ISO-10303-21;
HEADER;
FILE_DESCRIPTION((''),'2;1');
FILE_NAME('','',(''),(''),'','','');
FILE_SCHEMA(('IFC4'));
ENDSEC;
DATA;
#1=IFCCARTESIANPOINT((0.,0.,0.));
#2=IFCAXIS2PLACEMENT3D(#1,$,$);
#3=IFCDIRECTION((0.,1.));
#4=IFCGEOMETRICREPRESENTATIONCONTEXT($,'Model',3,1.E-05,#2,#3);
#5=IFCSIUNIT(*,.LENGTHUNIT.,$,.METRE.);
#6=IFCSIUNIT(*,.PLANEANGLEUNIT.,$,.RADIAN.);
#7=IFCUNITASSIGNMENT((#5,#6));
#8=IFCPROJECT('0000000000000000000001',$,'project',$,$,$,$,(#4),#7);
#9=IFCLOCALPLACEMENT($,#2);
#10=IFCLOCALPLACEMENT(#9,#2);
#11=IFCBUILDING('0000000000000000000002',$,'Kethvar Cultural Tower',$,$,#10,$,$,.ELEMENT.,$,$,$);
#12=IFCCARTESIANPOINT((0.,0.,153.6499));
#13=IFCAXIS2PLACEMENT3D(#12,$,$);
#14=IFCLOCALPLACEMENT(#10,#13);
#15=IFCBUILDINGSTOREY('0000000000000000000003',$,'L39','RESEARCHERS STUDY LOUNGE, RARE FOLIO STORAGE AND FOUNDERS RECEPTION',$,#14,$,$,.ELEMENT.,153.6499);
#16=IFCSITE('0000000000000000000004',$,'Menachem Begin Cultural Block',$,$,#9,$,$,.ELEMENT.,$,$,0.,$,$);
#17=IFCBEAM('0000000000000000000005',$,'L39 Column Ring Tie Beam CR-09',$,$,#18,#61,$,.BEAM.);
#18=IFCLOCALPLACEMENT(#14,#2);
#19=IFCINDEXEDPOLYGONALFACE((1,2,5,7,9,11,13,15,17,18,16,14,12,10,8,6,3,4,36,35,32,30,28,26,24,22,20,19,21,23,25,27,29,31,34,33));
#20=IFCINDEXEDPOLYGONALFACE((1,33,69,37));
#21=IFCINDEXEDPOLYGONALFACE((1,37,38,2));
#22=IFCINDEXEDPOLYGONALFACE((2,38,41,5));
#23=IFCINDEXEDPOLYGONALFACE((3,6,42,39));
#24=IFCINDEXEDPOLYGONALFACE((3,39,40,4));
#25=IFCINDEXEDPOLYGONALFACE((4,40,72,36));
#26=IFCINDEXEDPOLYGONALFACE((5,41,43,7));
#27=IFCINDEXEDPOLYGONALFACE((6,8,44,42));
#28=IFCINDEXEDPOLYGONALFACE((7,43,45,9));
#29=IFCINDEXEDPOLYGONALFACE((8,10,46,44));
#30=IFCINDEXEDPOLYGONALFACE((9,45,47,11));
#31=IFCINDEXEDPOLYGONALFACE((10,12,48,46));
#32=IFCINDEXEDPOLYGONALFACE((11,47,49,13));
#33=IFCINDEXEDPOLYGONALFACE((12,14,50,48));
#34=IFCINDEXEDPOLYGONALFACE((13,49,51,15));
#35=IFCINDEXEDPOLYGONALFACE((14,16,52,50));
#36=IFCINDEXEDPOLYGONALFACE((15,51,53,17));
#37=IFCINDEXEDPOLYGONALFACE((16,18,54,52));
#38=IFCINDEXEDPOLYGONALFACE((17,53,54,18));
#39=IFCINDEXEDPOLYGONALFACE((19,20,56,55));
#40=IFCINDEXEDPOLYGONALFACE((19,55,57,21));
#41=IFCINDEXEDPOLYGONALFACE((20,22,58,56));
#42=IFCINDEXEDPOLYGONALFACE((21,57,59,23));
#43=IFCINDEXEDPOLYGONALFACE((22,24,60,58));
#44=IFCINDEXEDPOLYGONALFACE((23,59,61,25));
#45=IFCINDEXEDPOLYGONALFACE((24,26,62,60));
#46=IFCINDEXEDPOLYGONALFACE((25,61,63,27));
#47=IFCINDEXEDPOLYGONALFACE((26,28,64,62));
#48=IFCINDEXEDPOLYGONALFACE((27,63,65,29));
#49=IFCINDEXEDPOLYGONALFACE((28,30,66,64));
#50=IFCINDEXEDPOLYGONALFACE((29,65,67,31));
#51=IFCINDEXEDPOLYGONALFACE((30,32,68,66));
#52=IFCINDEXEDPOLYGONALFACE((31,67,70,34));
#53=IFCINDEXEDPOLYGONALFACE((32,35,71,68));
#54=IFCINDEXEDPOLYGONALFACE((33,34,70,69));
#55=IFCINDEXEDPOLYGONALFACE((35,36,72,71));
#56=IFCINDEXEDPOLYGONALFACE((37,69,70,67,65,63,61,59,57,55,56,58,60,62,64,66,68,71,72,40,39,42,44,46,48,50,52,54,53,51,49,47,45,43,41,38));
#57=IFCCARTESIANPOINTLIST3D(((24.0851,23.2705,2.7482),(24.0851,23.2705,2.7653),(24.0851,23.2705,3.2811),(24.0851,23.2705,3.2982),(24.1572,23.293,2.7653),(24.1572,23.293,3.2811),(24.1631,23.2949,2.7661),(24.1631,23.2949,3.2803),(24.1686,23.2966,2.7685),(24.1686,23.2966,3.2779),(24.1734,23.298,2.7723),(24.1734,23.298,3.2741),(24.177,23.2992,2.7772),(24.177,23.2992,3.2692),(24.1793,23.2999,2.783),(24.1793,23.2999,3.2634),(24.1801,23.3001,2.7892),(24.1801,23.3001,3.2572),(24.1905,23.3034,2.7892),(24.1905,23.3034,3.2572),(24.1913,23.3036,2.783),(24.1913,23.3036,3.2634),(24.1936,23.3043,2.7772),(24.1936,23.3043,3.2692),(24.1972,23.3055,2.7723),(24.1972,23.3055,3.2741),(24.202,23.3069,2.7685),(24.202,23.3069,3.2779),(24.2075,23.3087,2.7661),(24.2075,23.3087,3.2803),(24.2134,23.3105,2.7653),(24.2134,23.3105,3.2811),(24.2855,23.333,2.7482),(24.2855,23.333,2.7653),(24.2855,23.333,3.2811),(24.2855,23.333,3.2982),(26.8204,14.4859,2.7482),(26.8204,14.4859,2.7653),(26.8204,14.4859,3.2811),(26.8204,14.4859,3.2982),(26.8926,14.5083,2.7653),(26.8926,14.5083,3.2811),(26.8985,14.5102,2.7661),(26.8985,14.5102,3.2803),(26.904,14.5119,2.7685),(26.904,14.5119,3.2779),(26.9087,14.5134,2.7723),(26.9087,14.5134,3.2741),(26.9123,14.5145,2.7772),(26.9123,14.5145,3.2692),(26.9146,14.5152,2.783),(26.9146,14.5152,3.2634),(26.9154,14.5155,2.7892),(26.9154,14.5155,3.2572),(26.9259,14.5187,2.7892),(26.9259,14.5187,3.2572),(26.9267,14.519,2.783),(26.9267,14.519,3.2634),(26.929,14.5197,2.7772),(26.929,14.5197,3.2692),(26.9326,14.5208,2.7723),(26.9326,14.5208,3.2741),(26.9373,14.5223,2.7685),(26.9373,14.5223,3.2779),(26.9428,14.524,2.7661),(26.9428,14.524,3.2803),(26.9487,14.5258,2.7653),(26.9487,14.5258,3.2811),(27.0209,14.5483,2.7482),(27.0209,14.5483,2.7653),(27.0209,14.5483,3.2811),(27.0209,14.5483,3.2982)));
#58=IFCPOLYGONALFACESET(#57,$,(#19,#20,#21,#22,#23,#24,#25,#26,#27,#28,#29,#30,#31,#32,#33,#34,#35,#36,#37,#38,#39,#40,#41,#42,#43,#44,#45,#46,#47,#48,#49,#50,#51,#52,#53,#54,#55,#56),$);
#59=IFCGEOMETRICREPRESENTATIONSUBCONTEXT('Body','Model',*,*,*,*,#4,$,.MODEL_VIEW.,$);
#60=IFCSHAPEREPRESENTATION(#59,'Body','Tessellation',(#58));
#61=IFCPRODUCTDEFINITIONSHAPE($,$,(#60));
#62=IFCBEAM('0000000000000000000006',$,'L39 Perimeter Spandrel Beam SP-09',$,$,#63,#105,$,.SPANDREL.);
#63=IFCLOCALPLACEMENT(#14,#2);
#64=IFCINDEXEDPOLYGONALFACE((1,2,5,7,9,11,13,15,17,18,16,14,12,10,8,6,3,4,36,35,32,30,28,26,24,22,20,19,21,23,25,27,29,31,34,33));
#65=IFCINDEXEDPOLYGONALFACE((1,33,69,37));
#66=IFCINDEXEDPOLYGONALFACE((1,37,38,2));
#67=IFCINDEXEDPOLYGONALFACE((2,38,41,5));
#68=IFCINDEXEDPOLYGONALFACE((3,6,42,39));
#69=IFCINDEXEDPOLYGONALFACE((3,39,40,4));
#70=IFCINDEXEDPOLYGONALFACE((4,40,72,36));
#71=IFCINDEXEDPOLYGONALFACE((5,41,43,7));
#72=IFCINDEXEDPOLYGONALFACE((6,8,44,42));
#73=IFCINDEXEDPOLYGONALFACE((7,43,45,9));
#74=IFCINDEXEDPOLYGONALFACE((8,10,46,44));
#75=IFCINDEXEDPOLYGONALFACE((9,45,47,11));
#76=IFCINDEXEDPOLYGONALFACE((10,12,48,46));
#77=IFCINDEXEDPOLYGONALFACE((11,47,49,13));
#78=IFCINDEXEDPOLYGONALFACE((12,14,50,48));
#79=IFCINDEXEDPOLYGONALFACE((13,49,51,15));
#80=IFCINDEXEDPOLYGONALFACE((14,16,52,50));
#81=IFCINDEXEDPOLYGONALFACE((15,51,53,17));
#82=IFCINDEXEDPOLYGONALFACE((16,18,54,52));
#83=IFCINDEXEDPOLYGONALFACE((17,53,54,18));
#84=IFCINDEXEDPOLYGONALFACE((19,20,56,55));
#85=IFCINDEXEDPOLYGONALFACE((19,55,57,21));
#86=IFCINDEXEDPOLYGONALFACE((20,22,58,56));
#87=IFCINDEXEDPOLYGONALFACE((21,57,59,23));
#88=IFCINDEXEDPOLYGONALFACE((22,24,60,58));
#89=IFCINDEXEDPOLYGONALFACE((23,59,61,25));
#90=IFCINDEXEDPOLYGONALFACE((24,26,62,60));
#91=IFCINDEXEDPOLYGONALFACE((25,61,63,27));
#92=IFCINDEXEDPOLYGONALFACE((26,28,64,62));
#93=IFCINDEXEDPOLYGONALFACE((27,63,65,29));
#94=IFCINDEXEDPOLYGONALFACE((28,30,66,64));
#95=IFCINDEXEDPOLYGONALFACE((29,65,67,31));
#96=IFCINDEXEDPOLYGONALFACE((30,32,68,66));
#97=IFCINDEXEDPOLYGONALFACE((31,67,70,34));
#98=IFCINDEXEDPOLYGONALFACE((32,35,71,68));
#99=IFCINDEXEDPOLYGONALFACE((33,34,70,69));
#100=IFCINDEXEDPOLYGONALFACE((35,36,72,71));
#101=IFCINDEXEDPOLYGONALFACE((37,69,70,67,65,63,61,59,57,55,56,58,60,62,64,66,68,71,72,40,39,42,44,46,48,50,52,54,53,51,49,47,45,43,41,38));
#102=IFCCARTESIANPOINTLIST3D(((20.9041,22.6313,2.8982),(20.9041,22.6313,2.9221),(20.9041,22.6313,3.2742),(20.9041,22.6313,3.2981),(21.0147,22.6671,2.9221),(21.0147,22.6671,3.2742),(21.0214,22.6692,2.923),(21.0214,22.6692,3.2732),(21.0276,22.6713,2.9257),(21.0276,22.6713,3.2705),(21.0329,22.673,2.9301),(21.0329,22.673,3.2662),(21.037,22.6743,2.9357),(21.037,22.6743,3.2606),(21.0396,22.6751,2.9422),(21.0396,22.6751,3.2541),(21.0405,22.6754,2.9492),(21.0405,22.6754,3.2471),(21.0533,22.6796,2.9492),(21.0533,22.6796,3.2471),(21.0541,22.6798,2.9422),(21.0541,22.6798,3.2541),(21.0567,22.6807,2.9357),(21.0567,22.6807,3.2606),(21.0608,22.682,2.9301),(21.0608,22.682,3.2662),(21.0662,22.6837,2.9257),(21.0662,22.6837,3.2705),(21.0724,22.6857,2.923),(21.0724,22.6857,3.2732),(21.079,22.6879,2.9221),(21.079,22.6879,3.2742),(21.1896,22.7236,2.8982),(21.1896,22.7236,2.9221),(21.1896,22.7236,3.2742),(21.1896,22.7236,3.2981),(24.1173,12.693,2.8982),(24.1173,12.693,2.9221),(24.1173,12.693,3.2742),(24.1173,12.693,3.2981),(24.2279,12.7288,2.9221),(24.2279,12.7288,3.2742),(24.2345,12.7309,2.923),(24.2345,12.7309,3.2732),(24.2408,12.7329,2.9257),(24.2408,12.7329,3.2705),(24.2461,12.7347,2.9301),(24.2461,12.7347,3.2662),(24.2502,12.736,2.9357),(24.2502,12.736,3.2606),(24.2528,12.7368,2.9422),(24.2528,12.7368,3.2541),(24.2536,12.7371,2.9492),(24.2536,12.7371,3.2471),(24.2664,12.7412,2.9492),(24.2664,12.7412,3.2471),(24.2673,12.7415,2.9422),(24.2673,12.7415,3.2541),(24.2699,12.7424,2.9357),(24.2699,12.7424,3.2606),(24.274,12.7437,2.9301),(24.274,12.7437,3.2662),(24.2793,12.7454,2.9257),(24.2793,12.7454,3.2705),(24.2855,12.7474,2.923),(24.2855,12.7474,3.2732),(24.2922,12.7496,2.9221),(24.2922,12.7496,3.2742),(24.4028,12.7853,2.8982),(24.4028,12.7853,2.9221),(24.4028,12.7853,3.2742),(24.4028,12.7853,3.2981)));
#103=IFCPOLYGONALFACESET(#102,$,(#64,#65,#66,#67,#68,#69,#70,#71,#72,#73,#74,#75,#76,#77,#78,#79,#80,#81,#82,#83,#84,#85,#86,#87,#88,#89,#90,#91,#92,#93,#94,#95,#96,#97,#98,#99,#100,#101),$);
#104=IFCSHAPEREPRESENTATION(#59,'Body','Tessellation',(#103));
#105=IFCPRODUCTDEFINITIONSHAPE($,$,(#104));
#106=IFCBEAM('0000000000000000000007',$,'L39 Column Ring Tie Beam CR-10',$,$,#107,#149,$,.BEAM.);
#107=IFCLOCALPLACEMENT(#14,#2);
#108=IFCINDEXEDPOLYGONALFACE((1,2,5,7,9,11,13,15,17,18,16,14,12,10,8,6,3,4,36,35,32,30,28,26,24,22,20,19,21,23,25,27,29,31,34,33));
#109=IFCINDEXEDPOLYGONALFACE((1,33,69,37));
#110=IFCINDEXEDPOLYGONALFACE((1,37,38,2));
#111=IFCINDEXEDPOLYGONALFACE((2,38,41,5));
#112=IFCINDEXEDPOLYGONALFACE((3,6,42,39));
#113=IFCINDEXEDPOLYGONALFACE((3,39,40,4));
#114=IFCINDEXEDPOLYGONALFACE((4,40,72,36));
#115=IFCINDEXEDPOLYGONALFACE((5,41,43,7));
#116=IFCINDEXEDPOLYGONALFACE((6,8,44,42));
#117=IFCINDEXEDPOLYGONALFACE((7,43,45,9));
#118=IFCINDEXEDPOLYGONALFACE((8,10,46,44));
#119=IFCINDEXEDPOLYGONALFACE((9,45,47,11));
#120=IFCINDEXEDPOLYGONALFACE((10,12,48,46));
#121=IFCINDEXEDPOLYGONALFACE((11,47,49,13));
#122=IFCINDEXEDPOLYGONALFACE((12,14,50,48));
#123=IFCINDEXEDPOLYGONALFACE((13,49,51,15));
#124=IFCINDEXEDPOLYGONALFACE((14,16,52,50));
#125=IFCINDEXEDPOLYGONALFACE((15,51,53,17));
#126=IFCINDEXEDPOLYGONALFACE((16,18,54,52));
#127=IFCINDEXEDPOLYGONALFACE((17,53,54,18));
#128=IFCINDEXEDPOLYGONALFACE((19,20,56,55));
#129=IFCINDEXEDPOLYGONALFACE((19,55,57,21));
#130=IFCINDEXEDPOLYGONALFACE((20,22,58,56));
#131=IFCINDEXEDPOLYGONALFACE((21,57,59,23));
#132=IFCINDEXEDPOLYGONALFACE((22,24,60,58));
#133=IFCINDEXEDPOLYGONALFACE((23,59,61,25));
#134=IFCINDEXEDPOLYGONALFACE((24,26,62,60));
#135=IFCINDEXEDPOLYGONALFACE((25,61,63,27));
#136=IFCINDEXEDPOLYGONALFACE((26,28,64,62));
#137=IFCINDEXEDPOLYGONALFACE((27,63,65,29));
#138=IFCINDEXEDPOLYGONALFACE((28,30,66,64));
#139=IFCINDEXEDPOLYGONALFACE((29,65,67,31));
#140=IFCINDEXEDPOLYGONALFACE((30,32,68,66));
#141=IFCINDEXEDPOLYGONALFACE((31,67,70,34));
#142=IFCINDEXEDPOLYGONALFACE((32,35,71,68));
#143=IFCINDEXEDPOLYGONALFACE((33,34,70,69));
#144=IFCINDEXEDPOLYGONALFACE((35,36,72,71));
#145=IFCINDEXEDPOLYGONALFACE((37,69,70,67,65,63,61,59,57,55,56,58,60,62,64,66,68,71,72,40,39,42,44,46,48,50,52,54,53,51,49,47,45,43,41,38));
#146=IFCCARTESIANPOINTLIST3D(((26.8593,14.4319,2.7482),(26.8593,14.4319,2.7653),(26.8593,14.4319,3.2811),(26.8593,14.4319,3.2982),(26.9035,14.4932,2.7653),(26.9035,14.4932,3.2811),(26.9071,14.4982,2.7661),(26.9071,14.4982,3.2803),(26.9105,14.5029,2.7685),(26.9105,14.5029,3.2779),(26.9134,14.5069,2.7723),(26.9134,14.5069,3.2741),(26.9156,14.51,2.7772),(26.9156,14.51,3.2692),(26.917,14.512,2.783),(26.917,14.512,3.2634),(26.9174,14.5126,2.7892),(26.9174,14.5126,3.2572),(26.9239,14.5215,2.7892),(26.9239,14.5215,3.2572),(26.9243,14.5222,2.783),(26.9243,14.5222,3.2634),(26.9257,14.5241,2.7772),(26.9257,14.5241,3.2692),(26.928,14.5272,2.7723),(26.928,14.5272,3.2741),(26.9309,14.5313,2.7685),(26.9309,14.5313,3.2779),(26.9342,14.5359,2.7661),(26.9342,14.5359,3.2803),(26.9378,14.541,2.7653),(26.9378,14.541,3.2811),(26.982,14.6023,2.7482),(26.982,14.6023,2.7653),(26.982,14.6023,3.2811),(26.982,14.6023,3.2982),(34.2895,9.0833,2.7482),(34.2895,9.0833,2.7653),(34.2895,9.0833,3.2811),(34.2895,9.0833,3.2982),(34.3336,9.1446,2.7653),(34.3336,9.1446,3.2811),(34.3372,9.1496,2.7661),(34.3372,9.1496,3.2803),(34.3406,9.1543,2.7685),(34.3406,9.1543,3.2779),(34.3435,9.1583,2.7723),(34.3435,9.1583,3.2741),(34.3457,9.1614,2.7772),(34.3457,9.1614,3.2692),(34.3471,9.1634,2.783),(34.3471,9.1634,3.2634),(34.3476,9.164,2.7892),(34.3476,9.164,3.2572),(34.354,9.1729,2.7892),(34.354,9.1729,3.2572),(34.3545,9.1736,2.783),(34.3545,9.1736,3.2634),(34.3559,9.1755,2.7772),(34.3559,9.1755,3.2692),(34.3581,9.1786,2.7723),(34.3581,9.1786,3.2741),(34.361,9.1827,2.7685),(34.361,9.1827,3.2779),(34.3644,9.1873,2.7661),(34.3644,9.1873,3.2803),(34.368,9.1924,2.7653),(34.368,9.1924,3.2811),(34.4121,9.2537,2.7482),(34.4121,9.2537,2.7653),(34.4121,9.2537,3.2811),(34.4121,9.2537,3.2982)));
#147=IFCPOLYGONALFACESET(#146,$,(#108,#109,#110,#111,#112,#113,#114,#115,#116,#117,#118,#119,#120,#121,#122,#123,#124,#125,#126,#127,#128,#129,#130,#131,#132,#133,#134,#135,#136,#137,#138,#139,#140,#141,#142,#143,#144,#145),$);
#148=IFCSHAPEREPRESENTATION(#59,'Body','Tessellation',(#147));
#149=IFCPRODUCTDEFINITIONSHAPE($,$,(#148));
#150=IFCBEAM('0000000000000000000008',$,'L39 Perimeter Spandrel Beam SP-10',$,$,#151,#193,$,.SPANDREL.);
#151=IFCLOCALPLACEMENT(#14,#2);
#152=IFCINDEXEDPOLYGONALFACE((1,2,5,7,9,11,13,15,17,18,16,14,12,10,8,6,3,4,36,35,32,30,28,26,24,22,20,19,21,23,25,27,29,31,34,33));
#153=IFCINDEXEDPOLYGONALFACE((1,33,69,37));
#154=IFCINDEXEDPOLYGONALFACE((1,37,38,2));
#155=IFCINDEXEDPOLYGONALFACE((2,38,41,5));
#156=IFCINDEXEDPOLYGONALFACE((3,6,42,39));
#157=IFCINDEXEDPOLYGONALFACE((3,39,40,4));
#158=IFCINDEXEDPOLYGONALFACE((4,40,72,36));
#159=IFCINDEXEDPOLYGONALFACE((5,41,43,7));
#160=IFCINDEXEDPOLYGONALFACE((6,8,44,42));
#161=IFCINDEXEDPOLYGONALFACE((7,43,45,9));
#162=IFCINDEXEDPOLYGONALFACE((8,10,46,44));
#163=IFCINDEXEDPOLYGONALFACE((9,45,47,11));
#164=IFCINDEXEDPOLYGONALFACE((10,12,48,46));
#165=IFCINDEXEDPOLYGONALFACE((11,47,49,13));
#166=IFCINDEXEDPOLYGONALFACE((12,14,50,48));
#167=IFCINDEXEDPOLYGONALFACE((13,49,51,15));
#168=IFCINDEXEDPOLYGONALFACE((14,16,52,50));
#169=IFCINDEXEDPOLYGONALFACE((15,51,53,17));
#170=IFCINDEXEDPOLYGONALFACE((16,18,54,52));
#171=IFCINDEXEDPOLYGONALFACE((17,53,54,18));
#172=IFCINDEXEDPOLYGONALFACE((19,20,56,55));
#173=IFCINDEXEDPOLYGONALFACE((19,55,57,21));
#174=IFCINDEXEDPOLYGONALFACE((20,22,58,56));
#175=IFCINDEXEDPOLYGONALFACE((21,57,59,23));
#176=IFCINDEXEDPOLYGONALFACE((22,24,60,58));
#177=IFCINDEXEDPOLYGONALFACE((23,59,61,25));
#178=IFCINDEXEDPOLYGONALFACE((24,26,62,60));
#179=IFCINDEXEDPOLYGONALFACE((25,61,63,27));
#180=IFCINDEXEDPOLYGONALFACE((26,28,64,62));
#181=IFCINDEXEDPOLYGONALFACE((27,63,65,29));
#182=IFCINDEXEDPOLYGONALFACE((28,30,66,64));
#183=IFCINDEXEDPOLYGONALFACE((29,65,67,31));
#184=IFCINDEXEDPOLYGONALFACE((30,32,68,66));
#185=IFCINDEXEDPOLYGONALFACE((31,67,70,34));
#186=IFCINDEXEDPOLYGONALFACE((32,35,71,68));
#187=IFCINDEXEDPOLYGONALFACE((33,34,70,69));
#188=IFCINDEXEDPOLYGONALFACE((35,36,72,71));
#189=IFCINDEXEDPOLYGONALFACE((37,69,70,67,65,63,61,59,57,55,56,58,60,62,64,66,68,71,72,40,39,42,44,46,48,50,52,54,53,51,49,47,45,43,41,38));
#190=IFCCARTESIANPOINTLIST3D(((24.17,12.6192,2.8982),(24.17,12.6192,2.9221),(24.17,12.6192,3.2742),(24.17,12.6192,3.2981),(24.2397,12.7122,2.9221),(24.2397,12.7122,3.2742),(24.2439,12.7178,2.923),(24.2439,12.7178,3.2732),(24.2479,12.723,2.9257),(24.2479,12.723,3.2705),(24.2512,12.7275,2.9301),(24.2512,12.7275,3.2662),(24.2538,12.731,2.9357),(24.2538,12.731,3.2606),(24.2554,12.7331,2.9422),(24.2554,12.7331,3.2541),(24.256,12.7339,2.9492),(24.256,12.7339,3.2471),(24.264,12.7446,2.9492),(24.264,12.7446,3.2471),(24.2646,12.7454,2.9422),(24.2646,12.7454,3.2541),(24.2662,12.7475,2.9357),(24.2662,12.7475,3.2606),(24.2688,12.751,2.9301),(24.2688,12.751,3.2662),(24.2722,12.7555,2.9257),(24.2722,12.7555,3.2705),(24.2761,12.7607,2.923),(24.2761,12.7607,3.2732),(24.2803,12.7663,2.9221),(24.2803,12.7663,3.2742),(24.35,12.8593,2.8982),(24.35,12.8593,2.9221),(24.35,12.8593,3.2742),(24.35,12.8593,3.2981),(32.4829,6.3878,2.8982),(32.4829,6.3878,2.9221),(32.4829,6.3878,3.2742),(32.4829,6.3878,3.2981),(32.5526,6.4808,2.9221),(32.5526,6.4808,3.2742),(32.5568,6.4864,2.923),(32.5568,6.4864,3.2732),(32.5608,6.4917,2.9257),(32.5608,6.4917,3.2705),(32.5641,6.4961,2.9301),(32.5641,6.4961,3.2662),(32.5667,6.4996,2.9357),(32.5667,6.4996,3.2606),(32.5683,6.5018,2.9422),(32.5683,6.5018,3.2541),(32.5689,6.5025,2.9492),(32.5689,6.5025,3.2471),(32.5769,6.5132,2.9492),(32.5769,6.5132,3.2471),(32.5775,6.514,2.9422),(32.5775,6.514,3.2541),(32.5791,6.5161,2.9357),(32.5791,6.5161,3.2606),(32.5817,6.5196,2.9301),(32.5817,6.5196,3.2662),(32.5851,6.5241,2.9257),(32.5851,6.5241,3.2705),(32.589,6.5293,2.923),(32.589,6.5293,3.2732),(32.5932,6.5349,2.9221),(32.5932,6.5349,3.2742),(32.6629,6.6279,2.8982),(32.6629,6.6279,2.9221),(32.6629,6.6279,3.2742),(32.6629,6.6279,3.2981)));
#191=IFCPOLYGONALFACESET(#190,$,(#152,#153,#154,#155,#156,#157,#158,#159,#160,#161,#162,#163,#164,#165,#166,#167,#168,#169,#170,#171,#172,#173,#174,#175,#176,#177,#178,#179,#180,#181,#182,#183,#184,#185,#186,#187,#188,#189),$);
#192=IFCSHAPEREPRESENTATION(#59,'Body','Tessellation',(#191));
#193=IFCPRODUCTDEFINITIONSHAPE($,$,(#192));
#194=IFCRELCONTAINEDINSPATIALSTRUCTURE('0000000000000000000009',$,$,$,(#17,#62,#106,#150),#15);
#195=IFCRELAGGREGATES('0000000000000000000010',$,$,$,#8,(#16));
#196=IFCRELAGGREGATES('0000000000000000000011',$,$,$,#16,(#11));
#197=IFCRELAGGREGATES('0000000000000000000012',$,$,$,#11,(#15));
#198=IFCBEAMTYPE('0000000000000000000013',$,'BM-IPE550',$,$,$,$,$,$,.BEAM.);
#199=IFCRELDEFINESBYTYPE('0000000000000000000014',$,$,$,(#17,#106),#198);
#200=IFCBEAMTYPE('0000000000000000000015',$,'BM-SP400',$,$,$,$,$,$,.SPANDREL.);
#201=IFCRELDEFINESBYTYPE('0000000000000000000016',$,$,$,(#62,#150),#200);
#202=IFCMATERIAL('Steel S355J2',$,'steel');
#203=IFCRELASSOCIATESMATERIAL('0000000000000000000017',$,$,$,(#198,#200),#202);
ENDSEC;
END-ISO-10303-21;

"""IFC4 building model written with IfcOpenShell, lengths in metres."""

from ifc_helpers import new_model, si_unit, direction, frame, origin, origin_2d, place, context, subcontext, project, spatial, i_section, extrude, source, transform, mapped, material, material_profile, profile_set, type_object, element, save


model = new_model("IFC4")

# Units and contexts
model_context = context("Model", 3, precision=1e-05, world=origin(), true_north=direction((0.0, 1.0)))
body_context = subcontext(model_context, "Body", "Model", "MODEL_VIEW")
ifc_project = project(units=[si_unit("LENGTHUNIT", "METRE"), si_unit("PLANEANGLEUNIT", "RADIAN")], contexts=[model_context])

# Site, building, storey
site_placement = place(None, origin())
site = spatial("IfcSite", under=ifc_project, at=site_placement, Name="Menachem Begin Cultural Block", CompositionType="ELEMENT", RefElevation=0.0)
building_placement = place(site_placement, origin())
building = spatial("IfcBuilding", under=site, at=building_placement, Name="Kethvar Cultural Tower", CompositionType="ELEMENT")
storey_placement = place(building_placement, frame((0.0, 0.0, 153.6499)))
storey = spatial("IfcBuildingStorey", under=building, at=storey_placement, Name="L39", Description="RESEARCHERS STUDY LOUNGE, RARE FOLIO STORAGE AND FOUNDERS RECEPTION", CompositionType="ELEMENT", Elevation=153.6499)

# Beams
ifc_material_1 = material(Name="Steel S355J2", Category="steel")
ifc_material_profile_1 = material_profile(ifc_material_1, i_section(OverallWidth=0.21, OverallDepth=0.55, WebThickness=0.011, FlangeThickness=0.0171, FilletRadius=0.0239, at=origin_2d()), Name="Steel S355J2 — IPE550")
ifc_profile_set_1 = profile_set([ifc_material_profile_1], Name="Steel S355J2 — IPE550")
beam_type_1 = type_object("IfcBeamType", Name="BM-IPE550", PredefinedType="BEAM", material=ifc_profile_set_1)
shared_shape_1 = source(origin(), body_context, "Body", "SweptSolid", [
    extrude(i_section(OverallWidth=0.21, OverallDepth=0.55, WebThickness=0.011, FlangeThickness=0.0171, FilletRadius=0.0239, at=origin_2d()), origin(), (0.0, 0.0, 1.0), 9.2007),
])
beam_1_placement = place(storey_placement, frame((24.1853, 23.3018, 3.0232), z_axis=(0.297299, -0.954784, 0.0), x_axis=(0.954784, 0.297299, 0.0)))
element("IfcBeam", 1, at=beam_1_placement, inside=storey, type_object=beam_type_1, Name="L39 Column Ring Tie Beam CR-09", PredefinedType="BEAM", context=body_context, shape_type="MappedRepresentation", body=[
    mapped(shared_shape_1, transform((0.0, 0.0, 0.0), scale=1.0)),
])
ifc_material_profile_2 = material_profile(ifc_material_1, i_section(OverallWidth=0.3, OverallDepth=0.3999, WebThickness=0.0134, FlangeThickness=0.0239, FilletRadius=0.0271, at=origin_2d()), Name="Steel S355J2 — HEB400")
ifc_profile_set_2 = profile_set([ifc_material_profile_2], Name="Steel S355J2 — HEB400")
beam_type_2 = type_object("IfcBeamType", Name="BM-SP400", PredefinedType="SPANDREL", material=ifc_profile_set_2)
shared_shape_2 = source(origin(), body_context, "Body", "SweptSolid", [
    extrude(i_section(OverallWidth=0.3, OverallDepth=0.3999, WebThickness=0.0134, FlangeThickness=0.0239, FilletRadius=0.0271, at=origin_2d()), origin(), (0.0, 0.0, 1.0), 10.4448),
])
beam_2_placement = place(storey_placement, frame((21.0469, 22.6775, 3.0981), z_axis=(0.307632, -0.951506, 0.0), x_axis=(0.951506, 0.307632, 0.0)))
element("IfcBeam", 2, at=beam_2_placement, inside=storey, type_object=beam_type_2, Name="L39 Perimeter Spandrel Beam SP-09", PredefinedType="SPANDREL", context=body_context, shape_type="MappedRepresentation", body=[
    mapped(shared_shape_2, transform((0.0, 0.0, 0.0), scale=1.0)),
])
shared_shape_3 = source(origin(), body_context, "Body", "SweptSolid", [
    extrude(i_section(OverallWidth=0.21, OverallDepth=0.55, WebThickness=0.011, FlangeThickness=0.0171, FilletRadius=0.0239, at=origin_2d()), origin(), (0.0, 0.0, 1.0), 9.155),
])
beam_3_placement = place(storey_placement, frame((26.9207, 14.5171, 3.0232), z_axis=(0.811591, -0.584226, 0.0), x_axis=(0.584226, 0.811591, 0.0)))
element("IfcBeam", 3, at=beam_3_placement, inside=storey, type_object=beam_type_1, Name="L39 Column Ring Tie Beam CR-10", PredefinedType="BEAM", context=body_context, shape_type="MappedRepresentation", body=[
    mapped(shared_shape_3, transform((0.0, 0.0, 0.0), scale=1.0)),
])
shared_shape_4 = source(origin(), body_context, "Body", "SweptSolid", [
    extrude(i_section(OverallWidth=0.3, OverallDepth=0.3999, WebThickness=0.0134, FlangeThickness=0.0239, FilletRadius=0.0271, at=origin_2d()), origin(), (0.0, 0.0, 1.0), 10.3892),
])
beam_4_placement = place(storey_placement, frame((24.26, 12.7393, 3.0981), z_axis=(0.800152, -0.599797, 0.0), x_axis=(0.599797, 0.800152, 0.0)))
element("IfcBeam", 4, at=beam_4_placement, inside=storey, type_object=beam_type_2, Name="L39 Perimeter Spandrel Beam SP-10", PredefinedType="SPANDREL", context=body_context, shape_type="MappedRepresentation", body=[
    mapped(shared_shape_4, transform((0.0, 0.0, 0.0), scale=1.0)),
])

save(model, "model.ifc")
